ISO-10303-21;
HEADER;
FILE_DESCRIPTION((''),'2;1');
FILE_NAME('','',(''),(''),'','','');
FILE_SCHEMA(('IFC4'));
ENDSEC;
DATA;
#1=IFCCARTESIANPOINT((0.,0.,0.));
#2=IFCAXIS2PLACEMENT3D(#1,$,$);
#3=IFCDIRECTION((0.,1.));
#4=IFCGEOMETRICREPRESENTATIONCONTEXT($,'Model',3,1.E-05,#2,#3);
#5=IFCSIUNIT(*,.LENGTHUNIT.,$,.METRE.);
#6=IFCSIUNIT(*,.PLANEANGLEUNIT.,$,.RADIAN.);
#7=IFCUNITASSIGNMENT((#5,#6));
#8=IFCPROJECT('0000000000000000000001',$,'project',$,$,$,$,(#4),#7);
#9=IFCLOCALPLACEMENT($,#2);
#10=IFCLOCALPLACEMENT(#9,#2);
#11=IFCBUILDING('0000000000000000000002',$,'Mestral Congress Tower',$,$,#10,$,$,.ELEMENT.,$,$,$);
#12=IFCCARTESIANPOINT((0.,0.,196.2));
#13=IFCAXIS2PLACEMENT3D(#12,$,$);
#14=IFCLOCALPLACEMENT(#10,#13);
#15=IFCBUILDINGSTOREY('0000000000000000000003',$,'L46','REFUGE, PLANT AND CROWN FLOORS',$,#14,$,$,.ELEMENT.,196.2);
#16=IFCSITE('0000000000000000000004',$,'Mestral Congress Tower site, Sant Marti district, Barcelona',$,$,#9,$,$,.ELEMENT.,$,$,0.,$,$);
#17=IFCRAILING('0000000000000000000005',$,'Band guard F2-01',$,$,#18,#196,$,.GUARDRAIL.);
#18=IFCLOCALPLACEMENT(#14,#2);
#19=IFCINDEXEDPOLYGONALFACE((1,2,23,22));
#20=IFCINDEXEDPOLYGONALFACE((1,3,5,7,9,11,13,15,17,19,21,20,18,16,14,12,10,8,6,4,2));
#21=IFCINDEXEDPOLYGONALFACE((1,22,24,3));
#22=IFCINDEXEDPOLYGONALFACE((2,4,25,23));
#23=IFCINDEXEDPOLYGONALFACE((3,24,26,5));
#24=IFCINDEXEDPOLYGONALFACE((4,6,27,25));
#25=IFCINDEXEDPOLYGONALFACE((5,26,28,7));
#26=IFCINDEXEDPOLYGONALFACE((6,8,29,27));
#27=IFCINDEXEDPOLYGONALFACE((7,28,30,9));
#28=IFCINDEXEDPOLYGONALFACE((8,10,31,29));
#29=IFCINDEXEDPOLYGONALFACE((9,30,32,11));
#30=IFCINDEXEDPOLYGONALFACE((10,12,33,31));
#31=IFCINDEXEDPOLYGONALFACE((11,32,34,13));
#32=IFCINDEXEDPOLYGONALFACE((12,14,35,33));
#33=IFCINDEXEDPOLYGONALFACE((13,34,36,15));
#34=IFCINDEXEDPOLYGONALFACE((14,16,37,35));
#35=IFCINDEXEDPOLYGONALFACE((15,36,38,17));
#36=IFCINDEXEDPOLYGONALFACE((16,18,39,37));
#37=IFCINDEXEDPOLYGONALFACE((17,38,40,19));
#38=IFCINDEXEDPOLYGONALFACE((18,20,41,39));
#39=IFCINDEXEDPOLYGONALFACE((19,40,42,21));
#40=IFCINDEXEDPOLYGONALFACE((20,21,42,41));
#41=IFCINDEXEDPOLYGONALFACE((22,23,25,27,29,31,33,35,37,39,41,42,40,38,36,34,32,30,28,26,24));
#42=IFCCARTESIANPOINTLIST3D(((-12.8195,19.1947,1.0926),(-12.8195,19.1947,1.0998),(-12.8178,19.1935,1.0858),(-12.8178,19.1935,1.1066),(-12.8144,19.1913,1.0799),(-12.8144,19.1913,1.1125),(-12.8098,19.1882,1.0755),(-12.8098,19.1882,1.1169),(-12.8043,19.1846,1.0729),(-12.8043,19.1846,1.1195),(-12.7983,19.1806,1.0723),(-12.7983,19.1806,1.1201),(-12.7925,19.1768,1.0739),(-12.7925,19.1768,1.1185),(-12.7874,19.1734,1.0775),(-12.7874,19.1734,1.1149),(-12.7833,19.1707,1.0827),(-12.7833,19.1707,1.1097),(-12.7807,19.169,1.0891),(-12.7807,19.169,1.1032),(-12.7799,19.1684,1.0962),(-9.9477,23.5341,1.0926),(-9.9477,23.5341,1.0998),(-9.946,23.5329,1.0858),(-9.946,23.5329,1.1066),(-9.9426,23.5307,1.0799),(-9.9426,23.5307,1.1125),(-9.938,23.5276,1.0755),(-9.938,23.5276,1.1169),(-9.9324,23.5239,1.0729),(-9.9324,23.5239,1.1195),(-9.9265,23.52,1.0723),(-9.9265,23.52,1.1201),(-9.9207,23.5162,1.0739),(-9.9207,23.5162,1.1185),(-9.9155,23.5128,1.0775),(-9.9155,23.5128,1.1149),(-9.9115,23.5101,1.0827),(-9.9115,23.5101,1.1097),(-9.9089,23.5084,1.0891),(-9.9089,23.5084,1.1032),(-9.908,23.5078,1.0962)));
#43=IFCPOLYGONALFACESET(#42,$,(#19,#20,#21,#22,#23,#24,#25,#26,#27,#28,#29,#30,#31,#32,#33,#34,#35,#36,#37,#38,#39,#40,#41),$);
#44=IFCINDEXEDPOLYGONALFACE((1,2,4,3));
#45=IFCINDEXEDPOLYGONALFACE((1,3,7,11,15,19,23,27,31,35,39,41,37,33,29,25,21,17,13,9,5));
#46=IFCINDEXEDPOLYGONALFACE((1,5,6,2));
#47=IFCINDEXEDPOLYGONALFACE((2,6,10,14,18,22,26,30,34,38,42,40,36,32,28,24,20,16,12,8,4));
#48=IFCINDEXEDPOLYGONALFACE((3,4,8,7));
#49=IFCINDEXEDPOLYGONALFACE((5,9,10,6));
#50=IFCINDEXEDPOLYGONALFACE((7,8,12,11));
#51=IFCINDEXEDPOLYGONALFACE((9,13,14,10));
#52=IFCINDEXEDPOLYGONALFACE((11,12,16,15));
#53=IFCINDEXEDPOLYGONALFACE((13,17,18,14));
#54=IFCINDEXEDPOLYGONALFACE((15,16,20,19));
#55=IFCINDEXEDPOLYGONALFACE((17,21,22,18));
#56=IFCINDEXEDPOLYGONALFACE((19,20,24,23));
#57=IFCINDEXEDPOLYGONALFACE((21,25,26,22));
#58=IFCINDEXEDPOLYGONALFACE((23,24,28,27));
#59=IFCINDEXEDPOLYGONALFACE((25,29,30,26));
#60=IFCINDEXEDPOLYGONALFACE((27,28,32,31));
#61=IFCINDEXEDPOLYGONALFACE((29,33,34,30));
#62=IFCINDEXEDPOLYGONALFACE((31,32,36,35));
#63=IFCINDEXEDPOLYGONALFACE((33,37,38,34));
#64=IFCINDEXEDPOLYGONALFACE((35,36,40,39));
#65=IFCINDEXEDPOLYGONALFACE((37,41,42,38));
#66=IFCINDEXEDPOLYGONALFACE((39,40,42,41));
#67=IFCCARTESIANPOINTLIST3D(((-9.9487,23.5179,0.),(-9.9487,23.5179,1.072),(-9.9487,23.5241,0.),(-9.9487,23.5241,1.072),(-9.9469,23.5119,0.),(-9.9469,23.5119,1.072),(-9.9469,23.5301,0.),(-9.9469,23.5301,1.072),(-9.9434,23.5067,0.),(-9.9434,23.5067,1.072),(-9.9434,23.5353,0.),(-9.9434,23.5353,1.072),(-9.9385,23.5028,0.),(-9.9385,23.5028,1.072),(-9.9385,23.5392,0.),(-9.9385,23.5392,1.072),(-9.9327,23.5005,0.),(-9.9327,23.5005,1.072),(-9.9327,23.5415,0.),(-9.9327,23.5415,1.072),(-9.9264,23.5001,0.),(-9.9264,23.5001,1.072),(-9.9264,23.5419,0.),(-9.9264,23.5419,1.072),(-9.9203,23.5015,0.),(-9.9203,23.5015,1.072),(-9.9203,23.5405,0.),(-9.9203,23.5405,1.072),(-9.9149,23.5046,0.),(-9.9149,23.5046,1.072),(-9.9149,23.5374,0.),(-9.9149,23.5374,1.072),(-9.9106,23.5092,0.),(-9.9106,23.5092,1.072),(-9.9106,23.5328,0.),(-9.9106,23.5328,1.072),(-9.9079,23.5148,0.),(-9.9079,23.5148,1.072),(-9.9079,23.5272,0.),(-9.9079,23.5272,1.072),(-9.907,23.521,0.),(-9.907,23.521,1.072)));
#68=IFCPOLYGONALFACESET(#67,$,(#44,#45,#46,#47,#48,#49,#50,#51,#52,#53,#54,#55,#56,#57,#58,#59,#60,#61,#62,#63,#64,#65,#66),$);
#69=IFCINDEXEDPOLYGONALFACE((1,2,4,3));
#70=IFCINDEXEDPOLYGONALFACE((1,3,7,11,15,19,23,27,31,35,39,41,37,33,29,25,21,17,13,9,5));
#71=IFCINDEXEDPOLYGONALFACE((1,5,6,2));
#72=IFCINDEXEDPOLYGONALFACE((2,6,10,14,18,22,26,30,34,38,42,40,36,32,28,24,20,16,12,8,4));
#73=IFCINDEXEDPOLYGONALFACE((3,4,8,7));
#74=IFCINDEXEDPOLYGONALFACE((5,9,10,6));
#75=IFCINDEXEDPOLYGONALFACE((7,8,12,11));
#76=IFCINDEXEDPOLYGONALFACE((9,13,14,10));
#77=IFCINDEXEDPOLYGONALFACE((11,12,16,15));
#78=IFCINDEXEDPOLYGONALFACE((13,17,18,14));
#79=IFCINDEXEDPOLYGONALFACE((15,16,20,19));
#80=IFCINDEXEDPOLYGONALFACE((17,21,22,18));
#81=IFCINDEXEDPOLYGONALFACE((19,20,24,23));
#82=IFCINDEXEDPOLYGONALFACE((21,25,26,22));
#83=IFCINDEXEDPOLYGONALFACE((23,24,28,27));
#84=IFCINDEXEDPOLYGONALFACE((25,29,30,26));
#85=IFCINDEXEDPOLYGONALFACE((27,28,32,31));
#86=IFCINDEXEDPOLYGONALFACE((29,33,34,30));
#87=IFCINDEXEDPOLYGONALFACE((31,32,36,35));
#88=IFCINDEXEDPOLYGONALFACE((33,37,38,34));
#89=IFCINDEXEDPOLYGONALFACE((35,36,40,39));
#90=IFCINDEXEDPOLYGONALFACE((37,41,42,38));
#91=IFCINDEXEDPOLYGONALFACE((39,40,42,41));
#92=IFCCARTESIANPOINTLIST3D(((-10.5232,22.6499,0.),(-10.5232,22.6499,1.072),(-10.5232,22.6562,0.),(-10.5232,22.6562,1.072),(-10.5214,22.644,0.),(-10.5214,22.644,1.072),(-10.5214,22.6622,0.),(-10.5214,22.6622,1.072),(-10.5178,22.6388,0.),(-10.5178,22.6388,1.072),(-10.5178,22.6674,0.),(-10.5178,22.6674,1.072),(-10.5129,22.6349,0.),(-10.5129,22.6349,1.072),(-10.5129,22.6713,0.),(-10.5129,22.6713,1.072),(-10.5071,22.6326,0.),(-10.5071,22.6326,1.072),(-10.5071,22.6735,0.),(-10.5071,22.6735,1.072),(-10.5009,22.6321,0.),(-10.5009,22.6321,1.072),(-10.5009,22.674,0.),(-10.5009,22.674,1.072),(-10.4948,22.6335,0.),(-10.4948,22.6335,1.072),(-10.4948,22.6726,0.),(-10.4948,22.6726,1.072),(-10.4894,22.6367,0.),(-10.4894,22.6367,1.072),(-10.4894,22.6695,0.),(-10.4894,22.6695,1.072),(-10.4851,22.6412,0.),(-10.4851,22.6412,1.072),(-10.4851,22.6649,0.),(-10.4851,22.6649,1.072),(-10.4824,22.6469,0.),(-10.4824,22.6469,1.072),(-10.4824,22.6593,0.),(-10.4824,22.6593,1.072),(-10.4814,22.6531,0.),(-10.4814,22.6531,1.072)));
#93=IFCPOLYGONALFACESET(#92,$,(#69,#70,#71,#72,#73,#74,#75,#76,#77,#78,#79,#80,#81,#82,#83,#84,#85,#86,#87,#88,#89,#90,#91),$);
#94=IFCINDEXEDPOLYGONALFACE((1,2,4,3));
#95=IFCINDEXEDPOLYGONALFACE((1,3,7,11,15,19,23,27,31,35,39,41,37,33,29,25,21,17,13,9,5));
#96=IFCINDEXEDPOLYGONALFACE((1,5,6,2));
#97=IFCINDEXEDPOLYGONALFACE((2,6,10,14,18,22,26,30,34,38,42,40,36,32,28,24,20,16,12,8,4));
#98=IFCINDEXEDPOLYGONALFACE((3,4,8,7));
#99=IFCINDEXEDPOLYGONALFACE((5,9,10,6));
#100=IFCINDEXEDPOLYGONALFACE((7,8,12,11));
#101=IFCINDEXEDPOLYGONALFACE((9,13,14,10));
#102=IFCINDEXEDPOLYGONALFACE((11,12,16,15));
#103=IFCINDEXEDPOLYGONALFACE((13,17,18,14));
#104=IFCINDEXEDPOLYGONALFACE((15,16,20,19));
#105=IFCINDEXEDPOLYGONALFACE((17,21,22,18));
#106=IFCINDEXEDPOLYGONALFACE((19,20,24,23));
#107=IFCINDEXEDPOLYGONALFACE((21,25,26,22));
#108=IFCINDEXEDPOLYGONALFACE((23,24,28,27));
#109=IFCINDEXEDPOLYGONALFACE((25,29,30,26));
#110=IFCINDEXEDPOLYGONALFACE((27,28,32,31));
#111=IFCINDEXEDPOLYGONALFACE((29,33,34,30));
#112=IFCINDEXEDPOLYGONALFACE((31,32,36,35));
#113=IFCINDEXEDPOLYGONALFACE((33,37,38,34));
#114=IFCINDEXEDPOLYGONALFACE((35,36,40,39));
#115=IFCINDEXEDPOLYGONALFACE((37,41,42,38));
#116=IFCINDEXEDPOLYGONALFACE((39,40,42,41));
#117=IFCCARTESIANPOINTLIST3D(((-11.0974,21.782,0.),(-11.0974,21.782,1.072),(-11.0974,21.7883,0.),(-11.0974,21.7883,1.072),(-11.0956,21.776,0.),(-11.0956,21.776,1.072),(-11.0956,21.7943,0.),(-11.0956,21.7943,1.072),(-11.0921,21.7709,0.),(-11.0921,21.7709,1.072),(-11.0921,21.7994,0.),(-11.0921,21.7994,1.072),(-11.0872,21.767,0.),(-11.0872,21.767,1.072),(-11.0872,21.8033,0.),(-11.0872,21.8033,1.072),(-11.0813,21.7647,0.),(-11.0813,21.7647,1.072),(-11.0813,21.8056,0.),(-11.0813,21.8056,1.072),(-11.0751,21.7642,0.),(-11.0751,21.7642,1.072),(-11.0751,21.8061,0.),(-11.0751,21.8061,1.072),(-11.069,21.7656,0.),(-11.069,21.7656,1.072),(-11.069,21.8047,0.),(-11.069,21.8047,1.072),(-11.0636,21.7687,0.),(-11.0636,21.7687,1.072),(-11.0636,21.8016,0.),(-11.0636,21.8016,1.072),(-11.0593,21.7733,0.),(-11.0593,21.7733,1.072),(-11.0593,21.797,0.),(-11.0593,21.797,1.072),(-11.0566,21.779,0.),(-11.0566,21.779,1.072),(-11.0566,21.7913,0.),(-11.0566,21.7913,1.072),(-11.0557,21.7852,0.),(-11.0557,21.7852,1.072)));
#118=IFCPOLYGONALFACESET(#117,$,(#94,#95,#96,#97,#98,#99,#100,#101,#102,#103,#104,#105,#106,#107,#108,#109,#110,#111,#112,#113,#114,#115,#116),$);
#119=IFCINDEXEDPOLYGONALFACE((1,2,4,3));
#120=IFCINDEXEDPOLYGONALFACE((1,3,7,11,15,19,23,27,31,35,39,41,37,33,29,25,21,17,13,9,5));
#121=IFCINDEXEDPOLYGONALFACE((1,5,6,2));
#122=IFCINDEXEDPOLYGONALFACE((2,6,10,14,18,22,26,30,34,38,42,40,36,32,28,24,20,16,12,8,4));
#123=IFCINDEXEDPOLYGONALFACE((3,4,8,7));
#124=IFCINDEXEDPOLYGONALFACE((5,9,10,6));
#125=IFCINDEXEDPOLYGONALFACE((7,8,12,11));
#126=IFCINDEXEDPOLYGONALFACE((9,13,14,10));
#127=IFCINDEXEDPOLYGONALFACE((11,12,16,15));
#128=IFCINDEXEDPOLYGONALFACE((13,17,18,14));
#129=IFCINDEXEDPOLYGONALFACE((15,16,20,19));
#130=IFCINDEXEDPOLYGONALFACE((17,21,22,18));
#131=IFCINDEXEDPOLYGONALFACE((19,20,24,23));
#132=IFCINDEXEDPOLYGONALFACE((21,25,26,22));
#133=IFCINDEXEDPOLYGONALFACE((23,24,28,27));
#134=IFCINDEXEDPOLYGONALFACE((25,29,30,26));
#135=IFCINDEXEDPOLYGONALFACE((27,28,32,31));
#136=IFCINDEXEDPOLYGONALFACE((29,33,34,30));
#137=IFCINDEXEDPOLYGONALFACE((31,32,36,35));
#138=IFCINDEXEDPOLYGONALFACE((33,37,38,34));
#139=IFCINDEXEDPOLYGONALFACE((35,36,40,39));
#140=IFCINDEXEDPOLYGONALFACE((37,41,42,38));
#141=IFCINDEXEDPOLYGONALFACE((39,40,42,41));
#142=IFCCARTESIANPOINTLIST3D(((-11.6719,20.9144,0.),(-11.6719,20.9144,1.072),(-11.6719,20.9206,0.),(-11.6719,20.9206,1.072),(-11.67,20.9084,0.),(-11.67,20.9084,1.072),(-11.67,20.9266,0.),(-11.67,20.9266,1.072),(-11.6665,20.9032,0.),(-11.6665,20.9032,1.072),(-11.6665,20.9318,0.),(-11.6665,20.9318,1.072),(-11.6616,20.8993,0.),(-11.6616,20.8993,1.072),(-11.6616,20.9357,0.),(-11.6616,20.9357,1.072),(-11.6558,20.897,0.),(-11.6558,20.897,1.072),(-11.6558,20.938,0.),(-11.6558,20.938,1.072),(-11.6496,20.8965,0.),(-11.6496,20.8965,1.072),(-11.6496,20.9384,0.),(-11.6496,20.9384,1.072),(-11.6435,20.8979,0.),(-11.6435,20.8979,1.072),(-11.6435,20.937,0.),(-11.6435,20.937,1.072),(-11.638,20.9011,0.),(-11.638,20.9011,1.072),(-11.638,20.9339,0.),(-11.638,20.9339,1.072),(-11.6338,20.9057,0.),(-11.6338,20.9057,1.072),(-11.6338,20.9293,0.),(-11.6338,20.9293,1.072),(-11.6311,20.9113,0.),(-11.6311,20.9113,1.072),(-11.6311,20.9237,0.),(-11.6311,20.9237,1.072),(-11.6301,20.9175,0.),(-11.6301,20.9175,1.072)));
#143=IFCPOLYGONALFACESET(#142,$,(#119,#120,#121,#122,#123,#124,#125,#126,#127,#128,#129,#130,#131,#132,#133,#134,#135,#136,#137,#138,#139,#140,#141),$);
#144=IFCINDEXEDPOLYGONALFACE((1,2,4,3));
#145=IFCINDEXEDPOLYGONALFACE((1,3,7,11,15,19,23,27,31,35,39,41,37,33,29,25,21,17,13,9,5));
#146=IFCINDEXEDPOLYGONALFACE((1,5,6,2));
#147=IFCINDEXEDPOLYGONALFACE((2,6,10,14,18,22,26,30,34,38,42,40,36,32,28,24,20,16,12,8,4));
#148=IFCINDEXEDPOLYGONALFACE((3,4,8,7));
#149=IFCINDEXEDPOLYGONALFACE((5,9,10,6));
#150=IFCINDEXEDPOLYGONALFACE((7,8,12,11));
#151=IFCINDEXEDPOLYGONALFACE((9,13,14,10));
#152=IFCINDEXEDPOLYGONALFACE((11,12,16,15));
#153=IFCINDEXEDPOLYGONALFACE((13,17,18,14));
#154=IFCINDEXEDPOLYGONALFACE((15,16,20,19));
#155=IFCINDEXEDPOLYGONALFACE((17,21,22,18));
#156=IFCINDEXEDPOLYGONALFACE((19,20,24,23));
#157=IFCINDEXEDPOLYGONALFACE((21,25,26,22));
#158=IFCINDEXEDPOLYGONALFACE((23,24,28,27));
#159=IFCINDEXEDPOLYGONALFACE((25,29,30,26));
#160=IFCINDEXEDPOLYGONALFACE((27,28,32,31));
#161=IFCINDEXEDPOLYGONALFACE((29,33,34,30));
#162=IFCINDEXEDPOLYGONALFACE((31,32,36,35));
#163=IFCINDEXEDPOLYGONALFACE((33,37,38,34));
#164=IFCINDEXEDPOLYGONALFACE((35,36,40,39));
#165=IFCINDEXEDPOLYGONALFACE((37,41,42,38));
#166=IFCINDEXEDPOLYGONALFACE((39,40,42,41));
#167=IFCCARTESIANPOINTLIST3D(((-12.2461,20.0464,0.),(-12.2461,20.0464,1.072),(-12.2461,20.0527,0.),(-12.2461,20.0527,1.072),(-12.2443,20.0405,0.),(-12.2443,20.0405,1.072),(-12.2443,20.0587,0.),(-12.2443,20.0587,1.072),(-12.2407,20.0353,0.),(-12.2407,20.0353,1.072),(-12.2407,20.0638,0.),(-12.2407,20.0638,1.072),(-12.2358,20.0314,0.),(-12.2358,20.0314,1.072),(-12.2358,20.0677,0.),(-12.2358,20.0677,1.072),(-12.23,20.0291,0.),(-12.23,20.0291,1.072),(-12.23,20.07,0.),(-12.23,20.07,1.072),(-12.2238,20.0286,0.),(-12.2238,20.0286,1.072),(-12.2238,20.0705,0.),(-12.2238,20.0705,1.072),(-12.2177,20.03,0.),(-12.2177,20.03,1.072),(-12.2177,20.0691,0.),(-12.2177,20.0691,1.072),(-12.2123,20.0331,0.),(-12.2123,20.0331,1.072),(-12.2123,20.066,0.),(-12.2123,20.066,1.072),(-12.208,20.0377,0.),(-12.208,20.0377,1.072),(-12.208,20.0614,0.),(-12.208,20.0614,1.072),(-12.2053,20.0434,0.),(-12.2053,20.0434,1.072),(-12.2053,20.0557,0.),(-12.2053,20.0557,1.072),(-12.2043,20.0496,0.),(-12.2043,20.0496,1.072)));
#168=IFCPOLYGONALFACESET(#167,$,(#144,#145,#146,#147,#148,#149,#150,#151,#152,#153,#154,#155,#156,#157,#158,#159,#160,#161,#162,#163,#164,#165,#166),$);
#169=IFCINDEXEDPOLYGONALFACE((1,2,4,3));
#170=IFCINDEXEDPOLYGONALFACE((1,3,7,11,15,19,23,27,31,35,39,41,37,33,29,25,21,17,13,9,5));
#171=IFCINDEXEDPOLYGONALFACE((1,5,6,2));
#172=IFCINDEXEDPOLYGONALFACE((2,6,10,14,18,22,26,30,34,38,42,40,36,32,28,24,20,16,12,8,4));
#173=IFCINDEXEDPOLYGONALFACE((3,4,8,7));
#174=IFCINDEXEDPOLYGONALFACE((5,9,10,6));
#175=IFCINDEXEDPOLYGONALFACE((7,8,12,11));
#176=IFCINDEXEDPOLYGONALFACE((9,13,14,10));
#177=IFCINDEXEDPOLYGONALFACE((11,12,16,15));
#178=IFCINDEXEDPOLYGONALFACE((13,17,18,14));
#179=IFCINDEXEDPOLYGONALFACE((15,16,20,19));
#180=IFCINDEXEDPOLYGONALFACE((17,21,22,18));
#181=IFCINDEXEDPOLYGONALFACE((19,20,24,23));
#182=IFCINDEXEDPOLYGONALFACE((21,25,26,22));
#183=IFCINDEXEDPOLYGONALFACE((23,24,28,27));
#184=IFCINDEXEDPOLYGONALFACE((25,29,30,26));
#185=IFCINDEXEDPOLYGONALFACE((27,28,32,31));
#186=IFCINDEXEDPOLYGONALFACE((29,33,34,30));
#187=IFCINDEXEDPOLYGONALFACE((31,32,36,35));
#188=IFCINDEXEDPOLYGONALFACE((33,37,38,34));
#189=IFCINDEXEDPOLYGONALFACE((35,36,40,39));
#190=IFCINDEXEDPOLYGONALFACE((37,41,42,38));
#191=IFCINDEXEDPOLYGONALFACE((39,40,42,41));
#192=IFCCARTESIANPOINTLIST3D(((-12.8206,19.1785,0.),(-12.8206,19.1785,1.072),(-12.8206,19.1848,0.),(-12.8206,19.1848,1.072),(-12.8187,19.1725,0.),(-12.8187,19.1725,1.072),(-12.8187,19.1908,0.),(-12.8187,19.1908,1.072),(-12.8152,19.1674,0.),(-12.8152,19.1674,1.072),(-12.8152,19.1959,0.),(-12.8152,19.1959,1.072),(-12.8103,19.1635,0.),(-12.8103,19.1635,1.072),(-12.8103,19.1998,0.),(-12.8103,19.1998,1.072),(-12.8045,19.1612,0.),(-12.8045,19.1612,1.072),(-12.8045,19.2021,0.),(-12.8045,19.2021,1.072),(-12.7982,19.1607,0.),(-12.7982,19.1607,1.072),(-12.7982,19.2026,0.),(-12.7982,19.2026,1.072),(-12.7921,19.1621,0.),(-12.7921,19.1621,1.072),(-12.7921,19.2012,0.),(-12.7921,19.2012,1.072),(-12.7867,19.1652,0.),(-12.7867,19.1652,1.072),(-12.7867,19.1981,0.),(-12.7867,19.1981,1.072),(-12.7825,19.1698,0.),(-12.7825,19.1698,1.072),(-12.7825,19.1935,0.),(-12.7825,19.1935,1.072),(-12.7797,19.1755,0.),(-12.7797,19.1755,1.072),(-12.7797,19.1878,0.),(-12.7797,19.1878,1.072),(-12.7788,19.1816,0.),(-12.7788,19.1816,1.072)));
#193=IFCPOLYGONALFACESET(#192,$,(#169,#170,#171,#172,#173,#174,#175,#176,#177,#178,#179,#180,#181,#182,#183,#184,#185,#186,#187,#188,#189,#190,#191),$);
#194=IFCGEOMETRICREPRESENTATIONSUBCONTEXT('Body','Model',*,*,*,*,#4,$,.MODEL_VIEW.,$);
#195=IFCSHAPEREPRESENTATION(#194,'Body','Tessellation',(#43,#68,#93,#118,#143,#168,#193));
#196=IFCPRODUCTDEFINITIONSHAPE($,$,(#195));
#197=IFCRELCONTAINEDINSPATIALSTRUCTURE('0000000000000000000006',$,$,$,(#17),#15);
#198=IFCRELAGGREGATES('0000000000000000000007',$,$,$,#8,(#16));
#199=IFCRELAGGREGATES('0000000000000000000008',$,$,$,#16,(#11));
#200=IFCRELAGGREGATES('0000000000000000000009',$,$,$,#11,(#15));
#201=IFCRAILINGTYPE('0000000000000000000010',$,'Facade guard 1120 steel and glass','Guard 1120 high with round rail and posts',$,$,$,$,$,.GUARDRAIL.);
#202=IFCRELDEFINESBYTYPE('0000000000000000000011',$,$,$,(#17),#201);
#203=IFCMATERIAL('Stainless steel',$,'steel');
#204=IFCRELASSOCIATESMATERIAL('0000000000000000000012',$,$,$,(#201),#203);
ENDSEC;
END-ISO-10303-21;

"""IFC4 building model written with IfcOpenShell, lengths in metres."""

from ifc_helpers import new_model, si_unit, direction, frame, origin, origin_2d, place, context, subcontext, project, spatial, circle, extrude, material, type_object, element, save


model = new_model("IFC4")

# Units and contexts
model_context = context("Model", 3, precision=1e-05, world=origin(), true_north=direction((0.0, 1.0)))
body_context = subcontext(model_context, "Body", "Model", "MODEL_VIEW")
ifc_project = project(units=[si_unit("LENGTHUNIT", "METRE"), si_unit("PLANEANGLEUNIT", "RADIAN")], contexts=[model_context])

# Site, building, storey
site_placement = place(None, origin())
site = spatial("IfcSite", under=ifc_project, at=site_placement, Name="Mestral Congress Tower site, Sant Marti district, Barcelona", CompositionType="ELEMENT", RefElevation=0.0)
building_placement = place(site_placement, origin())
building = spatial("IfcBuilding", under=site, at=building_placement, Name="Mestral Congress Tower", CompositionType="ELEMENT")
storey_placement = place(building_placement, frame((0.0, 0.0, 196.2)))
storey = spatial("IfcBuildingStorey", under=building, at=storey_placement, Name="L46", Description="REFUGE, PLANT AND CROWN FLOORS", CompositionType="ELEMENT", Elevation=196.2)

# Railing
ifc_material_1 = material(Name="Stainless steel", Category="steel")
railing_type = type_object("IfcRailingType", Name="Facade guard 1120 steel and glass", Description="Guard 1120 high with round rail and posts", PredefinedType="GUARDRAIL", material=ifc_material_1)
railing_placement = place(storey_placement, frame((-9.928, 23.521, 0.0)))
element("IfcRailing", 1, at=railing_placement, inside=storey, type_object=railing_type, Name="Band guard F2-01", PredefinedType="GUARDRAIL", context=body_context, shape_type="SweptSolid", body=[
    extrude(circle(Radius=0.0239, at=origin_2d()), frame((0.0, 0.0, 1.0962), z_axis=(-0.551893, -0.833915, 0.0), x_axis=(0.833915, -0.551893, 0.0)), (0.0, 0.0, 1.0), 5.2036),
    extrude(circle(Radius=0.021, at=origin_2d()), origin(), (0.0, 0.0, 1.0), 1.072),
    extrude(circle(Radius=0.021, at=origin_2d()), frame((-0.5745, -0.8679, 0.0)), (0.0, 0.0, 1.0), 1.072),
    extrude(circle(Radius=0.021, at=origin_2d()), frame((-1.1487, -1.7358, 0.0)), (0.0, 0.0, 1.0), 1.072),
    extrude(circle(Radius=0.021, at=origin_2d()), frame((-1.7231, -2.6035, 0.0)), (0.0, 0.0, 1.0), 1.072),
    extrude(circle(Radius=0.021, at=origin_2d()), frame((-2.2974, -3.4714, 0.0)), (0.0, 0.0, 1.0), 1.072),
    extrude(circle(Radius=0.021, at=origin_2d()), frame((-2.8718, -4.3394, 0.0)), (0.0, 0.0, 1.0), 1.072),
])

save(model, "model.ifc")
